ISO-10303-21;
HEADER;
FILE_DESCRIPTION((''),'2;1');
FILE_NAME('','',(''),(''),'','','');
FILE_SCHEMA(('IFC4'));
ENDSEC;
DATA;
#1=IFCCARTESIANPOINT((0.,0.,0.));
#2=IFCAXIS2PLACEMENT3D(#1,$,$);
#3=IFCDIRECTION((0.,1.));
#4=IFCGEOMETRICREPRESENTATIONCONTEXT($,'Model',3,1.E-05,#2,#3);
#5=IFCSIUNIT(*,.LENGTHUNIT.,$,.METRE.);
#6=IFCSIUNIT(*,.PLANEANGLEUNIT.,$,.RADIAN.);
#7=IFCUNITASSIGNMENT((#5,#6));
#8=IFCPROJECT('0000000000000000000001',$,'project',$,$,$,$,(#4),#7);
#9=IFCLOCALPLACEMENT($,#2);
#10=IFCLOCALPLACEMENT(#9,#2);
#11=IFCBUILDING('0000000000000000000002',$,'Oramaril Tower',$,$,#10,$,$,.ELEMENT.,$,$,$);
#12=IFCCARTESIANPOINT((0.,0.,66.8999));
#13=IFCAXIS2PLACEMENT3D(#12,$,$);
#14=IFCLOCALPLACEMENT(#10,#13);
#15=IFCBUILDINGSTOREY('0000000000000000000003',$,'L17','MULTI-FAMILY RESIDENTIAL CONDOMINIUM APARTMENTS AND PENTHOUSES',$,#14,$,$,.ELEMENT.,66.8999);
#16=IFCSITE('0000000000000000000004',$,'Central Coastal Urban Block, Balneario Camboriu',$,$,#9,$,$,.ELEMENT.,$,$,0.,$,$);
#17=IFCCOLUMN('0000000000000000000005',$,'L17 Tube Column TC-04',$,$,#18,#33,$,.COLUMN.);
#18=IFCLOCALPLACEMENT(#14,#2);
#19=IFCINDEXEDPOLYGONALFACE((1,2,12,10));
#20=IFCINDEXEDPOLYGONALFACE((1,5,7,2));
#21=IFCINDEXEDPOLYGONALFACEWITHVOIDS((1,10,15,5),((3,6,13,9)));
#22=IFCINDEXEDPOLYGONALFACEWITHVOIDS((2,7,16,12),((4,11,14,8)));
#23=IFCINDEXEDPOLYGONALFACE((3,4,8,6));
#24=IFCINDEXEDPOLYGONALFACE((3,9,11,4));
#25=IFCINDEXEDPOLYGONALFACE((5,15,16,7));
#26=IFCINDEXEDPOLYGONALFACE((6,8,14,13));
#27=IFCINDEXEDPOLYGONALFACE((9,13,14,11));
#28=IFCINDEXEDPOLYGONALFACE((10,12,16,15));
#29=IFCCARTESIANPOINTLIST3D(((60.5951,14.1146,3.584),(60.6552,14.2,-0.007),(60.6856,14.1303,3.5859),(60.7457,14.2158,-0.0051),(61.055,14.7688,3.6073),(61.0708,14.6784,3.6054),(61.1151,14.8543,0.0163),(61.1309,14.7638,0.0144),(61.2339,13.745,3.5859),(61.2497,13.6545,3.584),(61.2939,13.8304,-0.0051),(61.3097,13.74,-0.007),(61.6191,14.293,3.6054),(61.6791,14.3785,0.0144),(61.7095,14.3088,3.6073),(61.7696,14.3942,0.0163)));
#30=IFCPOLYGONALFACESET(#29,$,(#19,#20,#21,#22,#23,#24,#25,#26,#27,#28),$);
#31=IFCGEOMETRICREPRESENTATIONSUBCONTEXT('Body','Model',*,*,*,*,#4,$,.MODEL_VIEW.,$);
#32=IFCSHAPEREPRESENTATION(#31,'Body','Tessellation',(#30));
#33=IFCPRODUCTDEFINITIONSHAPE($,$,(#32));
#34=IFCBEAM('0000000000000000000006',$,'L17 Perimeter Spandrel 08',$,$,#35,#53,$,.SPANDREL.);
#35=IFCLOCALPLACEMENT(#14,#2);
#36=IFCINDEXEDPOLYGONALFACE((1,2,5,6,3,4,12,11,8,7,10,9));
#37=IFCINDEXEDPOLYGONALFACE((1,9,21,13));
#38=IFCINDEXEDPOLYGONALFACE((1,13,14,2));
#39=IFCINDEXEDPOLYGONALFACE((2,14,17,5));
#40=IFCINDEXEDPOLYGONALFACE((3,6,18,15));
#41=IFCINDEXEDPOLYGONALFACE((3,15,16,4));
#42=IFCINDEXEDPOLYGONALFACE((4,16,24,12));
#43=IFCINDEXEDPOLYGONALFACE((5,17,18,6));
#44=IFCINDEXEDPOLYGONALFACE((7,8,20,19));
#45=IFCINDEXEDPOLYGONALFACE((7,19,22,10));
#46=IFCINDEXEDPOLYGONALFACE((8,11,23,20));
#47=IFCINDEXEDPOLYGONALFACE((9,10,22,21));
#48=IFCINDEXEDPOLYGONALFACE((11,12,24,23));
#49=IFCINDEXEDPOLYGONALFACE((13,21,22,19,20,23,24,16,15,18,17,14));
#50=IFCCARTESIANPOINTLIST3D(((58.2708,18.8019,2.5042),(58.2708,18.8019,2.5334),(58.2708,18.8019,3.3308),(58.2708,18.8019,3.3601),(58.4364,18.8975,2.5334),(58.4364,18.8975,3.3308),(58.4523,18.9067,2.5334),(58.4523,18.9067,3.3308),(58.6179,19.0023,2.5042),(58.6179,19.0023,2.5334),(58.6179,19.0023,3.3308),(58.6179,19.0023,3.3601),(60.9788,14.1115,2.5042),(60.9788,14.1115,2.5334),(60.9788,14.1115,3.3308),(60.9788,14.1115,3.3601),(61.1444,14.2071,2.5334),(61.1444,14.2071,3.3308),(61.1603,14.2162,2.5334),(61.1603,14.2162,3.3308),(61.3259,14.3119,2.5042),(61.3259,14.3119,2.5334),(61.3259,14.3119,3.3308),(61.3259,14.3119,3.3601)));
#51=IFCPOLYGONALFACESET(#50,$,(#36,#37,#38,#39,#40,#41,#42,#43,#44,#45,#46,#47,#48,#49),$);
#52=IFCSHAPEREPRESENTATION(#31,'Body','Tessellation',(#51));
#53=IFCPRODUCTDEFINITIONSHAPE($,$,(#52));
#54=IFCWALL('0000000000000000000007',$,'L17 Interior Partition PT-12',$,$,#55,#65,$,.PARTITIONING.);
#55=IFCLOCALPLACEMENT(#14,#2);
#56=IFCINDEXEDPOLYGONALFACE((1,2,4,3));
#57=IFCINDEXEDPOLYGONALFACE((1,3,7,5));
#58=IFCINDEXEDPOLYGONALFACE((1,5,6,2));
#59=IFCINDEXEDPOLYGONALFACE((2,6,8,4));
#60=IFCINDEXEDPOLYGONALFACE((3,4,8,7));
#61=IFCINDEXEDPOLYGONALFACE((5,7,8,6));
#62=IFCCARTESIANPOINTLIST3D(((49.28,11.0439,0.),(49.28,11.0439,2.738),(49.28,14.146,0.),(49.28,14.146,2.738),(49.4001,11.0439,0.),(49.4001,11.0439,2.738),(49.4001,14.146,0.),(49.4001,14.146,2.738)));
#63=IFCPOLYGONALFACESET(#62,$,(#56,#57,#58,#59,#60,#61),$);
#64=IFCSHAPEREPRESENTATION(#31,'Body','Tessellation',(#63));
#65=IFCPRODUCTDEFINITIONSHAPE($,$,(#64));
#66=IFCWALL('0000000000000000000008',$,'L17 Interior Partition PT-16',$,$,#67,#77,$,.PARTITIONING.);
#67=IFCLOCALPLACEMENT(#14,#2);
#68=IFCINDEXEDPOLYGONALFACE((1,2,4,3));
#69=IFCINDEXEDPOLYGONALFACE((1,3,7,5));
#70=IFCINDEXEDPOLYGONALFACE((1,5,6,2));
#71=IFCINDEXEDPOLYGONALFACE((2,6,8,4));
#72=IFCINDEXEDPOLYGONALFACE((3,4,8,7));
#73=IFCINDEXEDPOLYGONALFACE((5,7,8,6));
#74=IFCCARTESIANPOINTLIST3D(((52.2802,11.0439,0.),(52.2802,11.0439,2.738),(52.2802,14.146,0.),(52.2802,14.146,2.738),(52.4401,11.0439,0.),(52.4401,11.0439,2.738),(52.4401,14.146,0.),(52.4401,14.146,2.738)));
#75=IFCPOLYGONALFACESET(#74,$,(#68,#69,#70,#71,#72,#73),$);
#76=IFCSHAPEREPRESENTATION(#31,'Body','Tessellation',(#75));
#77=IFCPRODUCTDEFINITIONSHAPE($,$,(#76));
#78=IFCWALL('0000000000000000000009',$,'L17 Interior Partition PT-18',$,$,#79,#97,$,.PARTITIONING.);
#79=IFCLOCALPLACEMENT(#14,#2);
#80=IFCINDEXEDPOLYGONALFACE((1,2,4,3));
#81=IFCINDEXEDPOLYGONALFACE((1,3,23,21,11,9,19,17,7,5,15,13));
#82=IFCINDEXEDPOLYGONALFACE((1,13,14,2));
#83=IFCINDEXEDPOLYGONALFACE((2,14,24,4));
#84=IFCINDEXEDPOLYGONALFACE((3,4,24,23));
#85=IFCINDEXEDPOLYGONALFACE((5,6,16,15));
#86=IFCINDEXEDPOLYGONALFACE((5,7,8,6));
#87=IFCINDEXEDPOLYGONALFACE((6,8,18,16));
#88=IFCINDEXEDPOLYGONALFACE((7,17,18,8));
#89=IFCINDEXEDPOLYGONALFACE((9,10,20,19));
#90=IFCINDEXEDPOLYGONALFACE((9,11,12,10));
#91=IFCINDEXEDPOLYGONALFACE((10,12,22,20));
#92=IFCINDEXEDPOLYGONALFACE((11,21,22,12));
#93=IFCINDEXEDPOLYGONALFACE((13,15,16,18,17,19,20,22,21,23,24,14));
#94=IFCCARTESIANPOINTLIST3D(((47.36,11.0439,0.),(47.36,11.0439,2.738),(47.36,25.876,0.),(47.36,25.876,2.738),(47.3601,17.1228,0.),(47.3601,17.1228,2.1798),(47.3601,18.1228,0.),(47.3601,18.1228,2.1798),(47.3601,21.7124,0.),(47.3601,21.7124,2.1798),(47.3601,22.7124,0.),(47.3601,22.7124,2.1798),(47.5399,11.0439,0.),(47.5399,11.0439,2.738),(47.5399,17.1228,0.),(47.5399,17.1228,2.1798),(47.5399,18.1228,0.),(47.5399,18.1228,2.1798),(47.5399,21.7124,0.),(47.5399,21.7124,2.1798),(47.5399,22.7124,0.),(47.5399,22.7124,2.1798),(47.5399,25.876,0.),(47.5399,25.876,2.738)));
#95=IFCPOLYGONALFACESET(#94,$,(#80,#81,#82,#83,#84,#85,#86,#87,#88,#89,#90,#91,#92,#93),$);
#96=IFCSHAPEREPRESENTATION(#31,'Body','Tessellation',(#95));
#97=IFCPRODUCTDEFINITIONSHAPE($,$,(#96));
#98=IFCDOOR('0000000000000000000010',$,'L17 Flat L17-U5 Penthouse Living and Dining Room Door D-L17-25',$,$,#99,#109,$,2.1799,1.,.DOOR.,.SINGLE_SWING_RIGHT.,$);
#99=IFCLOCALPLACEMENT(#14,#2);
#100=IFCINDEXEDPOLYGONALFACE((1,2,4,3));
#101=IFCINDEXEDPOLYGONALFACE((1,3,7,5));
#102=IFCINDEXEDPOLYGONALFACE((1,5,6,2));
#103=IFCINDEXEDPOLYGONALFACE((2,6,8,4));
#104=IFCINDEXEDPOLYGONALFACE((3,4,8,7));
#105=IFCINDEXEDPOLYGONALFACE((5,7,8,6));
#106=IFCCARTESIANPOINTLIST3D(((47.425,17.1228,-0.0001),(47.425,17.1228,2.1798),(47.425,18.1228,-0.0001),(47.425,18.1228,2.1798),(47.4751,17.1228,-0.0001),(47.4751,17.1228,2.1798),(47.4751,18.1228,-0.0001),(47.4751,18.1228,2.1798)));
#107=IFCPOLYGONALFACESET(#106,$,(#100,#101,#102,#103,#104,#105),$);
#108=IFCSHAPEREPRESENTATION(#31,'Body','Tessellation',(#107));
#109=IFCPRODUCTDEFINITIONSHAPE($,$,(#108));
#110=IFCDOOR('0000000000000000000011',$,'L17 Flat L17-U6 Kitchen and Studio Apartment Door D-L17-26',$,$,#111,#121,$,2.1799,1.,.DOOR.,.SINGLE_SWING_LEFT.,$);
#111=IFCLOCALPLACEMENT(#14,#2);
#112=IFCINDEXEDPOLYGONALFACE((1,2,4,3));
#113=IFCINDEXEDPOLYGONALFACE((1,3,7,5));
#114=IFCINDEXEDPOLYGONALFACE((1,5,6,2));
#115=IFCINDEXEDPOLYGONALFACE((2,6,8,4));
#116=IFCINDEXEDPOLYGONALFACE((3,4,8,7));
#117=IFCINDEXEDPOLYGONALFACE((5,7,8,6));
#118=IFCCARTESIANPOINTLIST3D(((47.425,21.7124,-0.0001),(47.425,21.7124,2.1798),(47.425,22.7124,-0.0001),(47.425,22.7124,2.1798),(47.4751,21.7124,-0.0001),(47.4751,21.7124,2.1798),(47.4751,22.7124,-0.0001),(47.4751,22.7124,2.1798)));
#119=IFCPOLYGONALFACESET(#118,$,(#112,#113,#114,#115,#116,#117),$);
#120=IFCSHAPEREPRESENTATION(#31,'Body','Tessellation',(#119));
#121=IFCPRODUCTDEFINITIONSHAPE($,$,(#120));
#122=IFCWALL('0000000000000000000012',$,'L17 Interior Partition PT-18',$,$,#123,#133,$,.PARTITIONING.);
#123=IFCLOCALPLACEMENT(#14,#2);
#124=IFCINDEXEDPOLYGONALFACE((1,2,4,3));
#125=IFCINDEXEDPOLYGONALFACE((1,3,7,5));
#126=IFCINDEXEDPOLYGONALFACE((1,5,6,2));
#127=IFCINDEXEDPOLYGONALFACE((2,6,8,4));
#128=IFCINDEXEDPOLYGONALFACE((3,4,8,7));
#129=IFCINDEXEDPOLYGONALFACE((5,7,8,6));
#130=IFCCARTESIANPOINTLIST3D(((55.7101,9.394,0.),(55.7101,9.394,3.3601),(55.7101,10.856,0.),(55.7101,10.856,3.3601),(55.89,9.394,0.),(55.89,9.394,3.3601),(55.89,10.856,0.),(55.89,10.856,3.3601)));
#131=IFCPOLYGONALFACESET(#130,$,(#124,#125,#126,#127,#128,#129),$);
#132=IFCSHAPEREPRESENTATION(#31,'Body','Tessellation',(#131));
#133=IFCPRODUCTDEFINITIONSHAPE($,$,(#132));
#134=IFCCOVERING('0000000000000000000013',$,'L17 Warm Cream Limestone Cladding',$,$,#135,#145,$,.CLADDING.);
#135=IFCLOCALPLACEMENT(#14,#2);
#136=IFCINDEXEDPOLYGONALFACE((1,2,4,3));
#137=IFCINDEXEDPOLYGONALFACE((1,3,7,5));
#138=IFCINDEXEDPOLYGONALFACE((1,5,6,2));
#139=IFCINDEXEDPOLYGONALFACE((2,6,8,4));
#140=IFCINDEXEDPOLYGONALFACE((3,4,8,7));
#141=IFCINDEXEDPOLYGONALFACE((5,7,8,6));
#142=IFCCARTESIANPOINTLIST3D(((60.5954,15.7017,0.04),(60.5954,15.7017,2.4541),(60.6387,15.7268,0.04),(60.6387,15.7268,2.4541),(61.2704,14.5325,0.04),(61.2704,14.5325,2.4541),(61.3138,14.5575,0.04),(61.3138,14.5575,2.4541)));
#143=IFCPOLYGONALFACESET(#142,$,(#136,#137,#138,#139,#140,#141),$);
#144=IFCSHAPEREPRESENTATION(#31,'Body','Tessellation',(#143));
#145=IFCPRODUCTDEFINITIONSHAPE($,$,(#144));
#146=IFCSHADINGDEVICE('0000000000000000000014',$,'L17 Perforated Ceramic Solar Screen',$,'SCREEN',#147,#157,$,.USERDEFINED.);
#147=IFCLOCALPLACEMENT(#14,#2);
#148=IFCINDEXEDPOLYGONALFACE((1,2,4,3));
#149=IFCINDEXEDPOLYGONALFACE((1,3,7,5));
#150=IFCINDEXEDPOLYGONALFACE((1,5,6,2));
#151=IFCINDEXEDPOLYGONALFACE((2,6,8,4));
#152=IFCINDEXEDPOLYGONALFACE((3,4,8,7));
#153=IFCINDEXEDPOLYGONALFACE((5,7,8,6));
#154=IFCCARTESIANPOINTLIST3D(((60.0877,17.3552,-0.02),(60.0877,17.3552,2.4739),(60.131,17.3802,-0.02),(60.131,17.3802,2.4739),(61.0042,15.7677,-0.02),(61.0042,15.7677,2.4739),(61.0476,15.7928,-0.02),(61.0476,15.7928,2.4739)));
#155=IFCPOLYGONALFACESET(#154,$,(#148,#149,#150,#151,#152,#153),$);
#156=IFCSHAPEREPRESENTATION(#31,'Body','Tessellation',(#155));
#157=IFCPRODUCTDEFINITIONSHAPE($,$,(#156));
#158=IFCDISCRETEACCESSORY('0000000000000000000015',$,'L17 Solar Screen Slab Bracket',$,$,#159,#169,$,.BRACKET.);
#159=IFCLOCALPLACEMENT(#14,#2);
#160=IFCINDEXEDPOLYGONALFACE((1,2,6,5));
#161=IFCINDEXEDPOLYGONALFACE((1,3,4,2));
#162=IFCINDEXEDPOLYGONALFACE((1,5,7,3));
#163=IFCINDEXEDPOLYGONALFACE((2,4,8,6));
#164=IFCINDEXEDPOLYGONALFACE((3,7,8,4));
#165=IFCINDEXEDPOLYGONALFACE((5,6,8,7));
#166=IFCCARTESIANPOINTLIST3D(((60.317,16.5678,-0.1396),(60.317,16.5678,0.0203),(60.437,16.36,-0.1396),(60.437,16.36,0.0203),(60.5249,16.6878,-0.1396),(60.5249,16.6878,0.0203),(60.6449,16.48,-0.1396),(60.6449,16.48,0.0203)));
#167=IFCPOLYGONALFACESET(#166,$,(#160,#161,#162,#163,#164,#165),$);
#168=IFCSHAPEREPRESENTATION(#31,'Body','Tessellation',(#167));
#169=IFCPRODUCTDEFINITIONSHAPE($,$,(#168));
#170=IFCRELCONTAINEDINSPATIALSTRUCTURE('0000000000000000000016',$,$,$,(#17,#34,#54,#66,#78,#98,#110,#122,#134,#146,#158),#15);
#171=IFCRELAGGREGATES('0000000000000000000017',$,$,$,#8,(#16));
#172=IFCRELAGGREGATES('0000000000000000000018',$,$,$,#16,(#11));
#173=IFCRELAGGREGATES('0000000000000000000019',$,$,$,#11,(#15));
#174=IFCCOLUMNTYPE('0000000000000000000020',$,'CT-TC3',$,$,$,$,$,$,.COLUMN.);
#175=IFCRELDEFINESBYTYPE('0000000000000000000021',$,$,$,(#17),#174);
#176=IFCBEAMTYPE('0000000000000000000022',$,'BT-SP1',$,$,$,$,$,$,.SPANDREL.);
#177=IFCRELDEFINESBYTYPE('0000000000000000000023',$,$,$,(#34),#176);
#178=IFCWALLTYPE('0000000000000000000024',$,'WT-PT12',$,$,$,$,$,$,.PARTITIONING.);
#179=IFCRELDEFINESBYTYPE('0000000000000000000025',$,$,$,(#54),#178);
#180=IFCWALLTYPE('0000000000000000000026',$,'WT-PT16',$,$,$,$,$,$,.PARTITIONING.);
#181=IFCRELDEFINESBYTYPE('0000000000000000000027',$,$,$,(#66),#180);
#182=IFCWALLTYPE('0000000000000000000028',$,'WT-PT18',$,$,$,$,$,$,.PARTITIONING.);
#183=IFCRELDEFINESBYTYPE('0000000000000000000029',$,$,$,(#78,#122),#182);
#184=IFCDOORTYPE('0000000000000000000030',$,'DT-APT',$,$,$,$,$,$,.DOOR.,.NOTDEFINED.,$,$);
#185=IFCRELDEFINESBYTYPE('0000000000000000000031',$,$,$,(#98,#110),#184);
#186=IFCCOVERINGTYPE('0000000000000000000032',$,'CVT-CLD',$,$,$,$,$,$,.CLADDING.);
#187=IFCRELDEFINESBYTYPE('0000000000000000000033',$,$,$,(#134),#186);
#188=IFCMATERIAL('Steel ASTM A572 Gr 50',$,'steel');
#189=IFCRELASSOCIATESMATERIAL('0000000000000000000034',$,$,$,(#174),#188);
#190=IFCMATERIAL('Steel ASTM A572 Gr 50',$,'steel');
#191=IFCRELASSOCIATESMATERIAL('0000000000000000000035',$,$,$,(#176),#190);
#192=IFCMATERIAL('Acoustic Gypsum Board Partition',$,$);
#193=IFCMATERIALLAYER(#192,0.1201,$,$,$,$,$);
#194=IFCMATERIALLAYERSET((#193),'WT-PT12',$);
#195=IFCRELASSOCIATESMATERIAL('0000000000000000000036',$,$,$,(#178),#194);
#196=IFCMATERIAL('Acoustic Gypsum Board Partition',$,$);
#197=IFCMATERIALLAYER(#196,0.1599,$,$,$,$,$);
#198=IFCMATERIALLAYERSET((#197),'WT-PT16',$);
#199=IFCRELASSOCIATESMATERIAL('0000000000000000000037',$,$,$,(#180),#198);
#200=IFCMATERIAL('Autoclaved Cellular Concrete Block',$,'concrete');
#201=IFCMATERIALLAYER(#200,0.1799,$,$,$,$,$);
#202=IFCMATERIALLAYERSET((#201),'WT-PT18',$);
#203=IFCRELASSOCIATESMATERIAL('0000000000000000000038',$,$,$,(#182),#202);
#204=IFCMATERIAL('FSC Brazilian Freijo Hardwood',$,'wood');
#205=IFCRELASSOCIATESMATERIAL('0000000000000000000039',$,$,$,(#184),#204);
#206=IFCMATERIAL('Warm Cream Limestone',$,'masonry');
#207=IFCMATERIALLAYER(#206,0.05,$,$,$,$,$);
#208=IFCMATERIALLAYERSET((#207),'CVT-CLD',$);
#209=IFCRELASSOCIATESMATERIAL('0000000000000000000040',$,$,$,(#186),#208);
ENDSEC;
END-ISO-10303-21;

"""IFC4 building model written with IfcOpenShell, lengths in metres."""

from ifc_helpers import new_model, si_unit, direction, frame, frame_2d, origin, origin_2d, place, context, subcontext, project, spatial, rectangle, hollow_rectangle, i_section, extrude, material, layer, layer_set, material_profile, profile_set, type_object, element, fill, save


model = new_model("IFC4")

# Units and contexts
model_context = context("Model", 3, precision=1e-05, world=origin(), true_north=direction((0.0, 1.0)))
body_context = subcontext(model_context, "Body", "Model", "MODEL_VIEW")
ifc_project = project(units=[si_unit("LENGTHUNIT", "METRE"), si_unit("PLANEANGLEUNIT", "RADIAN")], contexts=[model_context])

# Site, building, storey
site_placement = place(None, origin())
site = spatial("IfcSite", under=ifc_project, at=site_placement, Name="Central Coastal Urban Block, Balneario Camboriu", CompositionType="ELEMENT", RefElevation=0.0)
building_placement = place(site_placement, origin())
building = spatial("IfcBuilding", under=site, at=building_placement, Name="Oramaril Tower", CompositionType="ELEMENT")
storey_placement = place(building_placement, frame((0.0, 0.0, 66.8999)))
storey = spatial("IfcBuildingStorey", under=building, at=storey_placement, Name="L17", Description="MULTI-FAMILY RESIDENTIAL CONDOMINIUM APARTMENTS AND PENTHOUSES", CompositionType="ELEMENT", Elevation=66.8999)

# Column
ifc_material_1 = material(Name="Steel ASTM A572 Gr 50", Category="steel")
ifc_material_profile_1 = material_profile(ifc_material_1, hollow_rectangle(XDim=0.8, YDim=0.8, WallThickness=0.0649, at=origin_2d()), Name="BOX800X800X65")
ifc_profile_set_1 = profile_set([ifc_material_profile_1], Name="Steel ASTM A572 Gr 50")
column_type = type_object("IfcColumnType", Name="CT-TC3", PredefinedType="COLUMN", material=ifc_profile_set_1)
column_placement = place(storey_placement, frame((61.2124, 14.2971, 0.0046), z_axis=(-0.016717, -0.023785, 0.999577), x_axis=(0.818132, -0.57503, 0.0)))
element("IfcColumn", 1, at=column_placement, inside=storey, type_object=column_type, Name="L17 Tube Column TC-04", PredefinedType="COLUMN", context=body_context, shape_type="SweptSolid", body=[
    extrude(hollow_rectangle(XDim=0.8, YDim=0.8, WallThickness=0.0649, at=origin_2d()), origin(), (0.0, 0.0, 1.0), 3.5925),
])

# Beam
ifc_material_2 = material(Name="Steel ASTM A572 Gr 50", Category="steel")
ifc_material_profile_2 = material_profile(ifc_material_2, i_section(OverallWidth=0.4009, OverallDepth=0.856, WebThickness=0.0183, FlangeThickness=0.0293, at=origin_2d()), Name="W33X201")
ifc_profile_set_2 = profile_set([ifc_material_profile_2], Name="Steel ASTM A572 Gr 50")
beam_type = type_object("IfcBeamType", Name="BT-SP1", PredefinedType="SPANDREL", material=ifc_profile_set_2)
beam_placement = place(storey_placement, frame((61.1523, 14.2117, 2.9321), z_axis=(-0.499998, 0.866026, 0.0), x_axis=(-0.866026, -0.499998, 0.0)))
element("IfcBeam", 2, at=beam_placement, inside=storey, type_object=beam_type, Name="L17 Perimeter Spandrel 08", PredefinedType="SPANDREL", context=body_context, shape_type="SweptSolid", body=[
    extrude(i_section(OverallWidth=0.4009, OverallDepth=0.856, WebThickness=0.0183, FlangeThickness=0.0293, at=origin_2d()), origin(), (0.0, 0.0, 1.0), 5.416),
])

# Walls
ifc_material_3 = material(Name="Acoustic Gypsum Board Partition")
ifc_layer_1 = layer(ifc_material_3, 0.1201)
ifc_layer_set_1 = layer_set([ifc_layer_1], Name="WT-PT12")
wall_type_1 = type_object("IfcWallType", Name="WT-PT12", PredefinedType="PARTITIONING", material=ifc_layer_set_1)
wall_1_placement = place(storey_placement, frame((49.3401, 11.0439, 0.0), z_axis=(0.0, 0.0, 1.0), x_axis=(0.0, 1.0, 0.0)))
element("IfcWall", 3, at=wall_1_placement, inside=storey, type_object=wall_type_1, Name="L17 Interior Partition PT-12", PredefinedType="PARTITIONING", context=body_context, shape_type="SweptSolid", body=[
    extrude(rectangle(XDim=3.1021, YDim=0.1201, at=frame_2d((1.551, 0.0))), origin(), (0.0, 0.0, 1.0), 2.738),
])
ifc_material_4 = material(Name="Acoustic Gypsum Board Partition")
ifc_layer_2 = layer(ifc_material_4, 0.1599)
ifc_layer_set_2 = layer_set([ifc_layer_2], Name="WT-PT16")
wall_type_2 = type_object("IfcWallType", Name="WT-PT16", PredefinedType="PARTITIONING", material=ifc_layer_set_2)
wall_2_placement = place(storey_placement, frame((52.3601, 11.0439, 0.0), z_axis=(0.0, 0.0, 1.0), x_axis=(0.0, 1.0, 0.0)))
element("IfcWall", 4, at=wall_2_placement, inside=storey, type_object=wall_type_2, Name="L17 Interior Partition PT-16", PredefinedType="PARTITIONING", context=body_context, shape_type="SweptSolid", body=[
    extrude(rectangle(XDim=3.1021, YDim=0.1599, at=frame_2d((1.551, 0.0))), origin(), (0.0, 0.0, 1.0), 2.738),
])

# Wall, openings, doors
ifc_material_5 = material(Name="Autoclaved Cellular Concrete Block", Category="concrete")
ifc_layer_3 = layer(ifc_material_5, 0.1799)
ifc_layer_set_3 = layer_set([ifc_layer_3], Name="WT-PT18")
wall_type_3 = type_object("IfcWallType", Name="WT-PT18", PredefinedType="PARTITIONING", material=ifc_layer_set_3)
wall_3_placement = place(storey_placement, frame((47.45, 11.0439, 0.0), z_axis=(0.0, 0.0, 1.0), x_axis=(0.0, 1.0, 0.0)))
wall_3 = element("IfcWall", 5, at=wall_3_placement, inside=storey, type_object=wall_type_3, Name="L17 Interior Partition PT-18", PredefinedType="PARTITIONING", context=body_context, shape_type="SweptSolid", body=[
    extrude(rectangle(XDim=14.832, YDim=0.1799, at=frame_2d((7.416, 0.0))), origin(), (0.0, 0.0, 1.0), 2.738),
])
opening_1_placement = place(wall_3_placement, frame((6.0789, 0.0, 0.0)))
opening_1 = element("IfcOpeningElement", 6, at=opening_1_placement, cuts=wall_3, PredefinedType="OPENING", context=body_context, shape_type="SweptSolid", body=[
    extrude(rectangle(XDim=1.0, YDim=2.1799, at=frame_2d((0.5, 1.0898))), frame((0.0, 0.0898, 0.0), z_axis=(0.0, -1.0, 0.0), x_axis=(1.0, 0.0, 0.0)), (0.0, 0.0, 1.0), 0.1799),
])
opening_2_placement = place(wall_3_placement, frame((10.6685, 0.0, 0.0)))
opening_2 = element("IfcOpeningElement", 7, at=opening_2_placement, cuts=wall_3, PredefinedType="OPENING", context=body_context, shape_type="SweptSolid", body=[
    extrude(rectangle(XDim=1.0, YDim=2.1799, at=frame_2d((0.5, 1.0898))), frame((0.0, 0.0898, 0.0), z_axis=(0.0, -1.0, 0.0), x_axis=(1.0, 0.0, 0.0)), (0.0, 0.0, 1.0), 0.1799),
])
ifc_material_6 = material(Name="FSC Brazilian Freijo Hardwood", Category="wood")
door_type_1 = type_object("IfcDoorType", Name="DT-APT", OperationType="NOTDEFINED", PredefinedType="DOOR", material=ifc_material_6)
door_1_placement = place(opening_1_placement, origin())
door_1 = element("IfcDoor", 8, at=door_1_placement, inside=storey, type_object=door_type_1, Name="L17 Flat L17-U5 Penthouse Living and Dining Room Door D-L17-25", OperationType="SINGLE_SWING_RIGHT", OverallHeight=2.1799, OverallWidth=1.0, PredefinedType="DOOR", context=body_context, shape_type="SweptSolid", body=[
    extrude(rectangle(XDim=1.0, YDim=2.1799, at=frame_2d((0.5, 1.0898))), frame((0.0, 0.0249, 0.0), z_axis=(0.0, -1.0, 0.0), x_axis=(1.0, 0.0, 0.0)), (0.0, 0.0, 1.0), 0.05),
])
fill(opening_1, door_1)
door_2_placement = place(opening_2_placement, origin())
door_2 = element("IfcDoor", 9, at=door_2_placement, inside=storey, type_object=door_type_1, Name="L17 Flat L17-U6 Kitchen and Studio Apartment Door D-L17-26", OperationType="SINGLE_SWING_LEFT", OverallHeight=2.1799, OverallWidth=1.0, PredefinedType="DOOR", context=body_context, shape_type="SweptSolid", body=[
    extrude(rectangle(XDim=1.0, YDim=2.1799, at=frame_2d((0.5, 1.0898))), frame((0.0, 0.0249, 0.0), z_axis=(0.0, -1.0, 0.0), x_axis=(1.0, 0.0, 0.0)), (0.0, 0.0, 1.0), 0.05),
])
fill(opening_2, door_2)

# Wall
wall_4_placement = place(storey_placement, frame((55.8, 9.394, 0.0), z_axis=(0.0, 0.0, 1.0), x_axis=(0.0, 1.0, 0.0)))
element("IfcWall", 10, at=wall_4_placement, inside=storey, type_object=wall_type_3, Name="L17 Interior Partition PT-18", PredefinedType="PARTITIONING", context=body_context, shape_type="SweptSolid", body=[
    extrude(rectangle(XDim=1.4619, YDim=0.1799, at=frame_2d((0.731, 0.0))), origin(), (0.0, 0.0, 1.0), 3.3601),
])

# Covering
ifc_material_7 = material(Name="Warm Cream Limestone", Category="masonry")
ifc_layer_4 = layer(ifc_material_7, 0.05)
ifc_layer_set_4 = layer_set([ifc_layer_4], Name="CVT-CLD")
covering_type = type_object("IfcCoveringType", Name="CVT-CLD", PredefinedType="CLADDING", material=ifc_layer_set_4)
covering_placement = place(storey_placement, frame((60.9546, 15.1296, 0.04), z_axis=(0.0, 0.0, 1.0), x_axis=(-0.5, 0.866025, 0.0)))
element("IfcCovering", 11, at=covering_placement, inside=storey, type_object=covering_type, Name="L17 Warm Cream Limestone Cladding", PredefinedType="CLADDING", context=body_context, shape_type="SweptSolid", body=[
    extrude(rectangle(XDim=1.3501, YDim=0.05, at=origin_2d()), origin(), (0.0, 0.0, 1.0), 2.4141),
])

# Shading device
shading_device_placement = place(storey_placement, frame((60.5676, 16.574, -0.02), z_axis=(0.0, 0.0, 1.0), x_axis=(-0.5, 0.866025, 0.0)))
element("IfcShadingDevice", 12, at=shading_device_placement, inside=storey, Name="L17 Perforated Ceramic Solar Screen", ObjectType="SCREEN", PredefinedType="USERDEFINED", context=body_context, shape_type="SweptSolid", body=[
    extrude(rectangle(XDim=1.833, YDim=0.05, at=origin_2d()), origin(), (0.0, 0.0, 1.0), 2.4939),
])

# Discrete accessory
discrete_accessory_placement = place(storey_placement, frame((60.481, 16.5239, -0.1396), z_axis=(0.0, 0.0, 1.0), x_axis=(-0.5, 0.866025, 0.0)))
element("IfcDiscreteAccessory", 13, at=discrete_accessory_placement, inside=storey, Name="L17 Solar Screen Slab Bracket", PredefinedType="BRACKET", context=body_context, shape_type="SweptSolid", body=[
    extrude(rectangle(XDim=0.24, YDim=0.24, at=origin_2d()), origin(), (0.0, 0.0, 1.0), 0.1599),
])

save(model, "model.ifc")
